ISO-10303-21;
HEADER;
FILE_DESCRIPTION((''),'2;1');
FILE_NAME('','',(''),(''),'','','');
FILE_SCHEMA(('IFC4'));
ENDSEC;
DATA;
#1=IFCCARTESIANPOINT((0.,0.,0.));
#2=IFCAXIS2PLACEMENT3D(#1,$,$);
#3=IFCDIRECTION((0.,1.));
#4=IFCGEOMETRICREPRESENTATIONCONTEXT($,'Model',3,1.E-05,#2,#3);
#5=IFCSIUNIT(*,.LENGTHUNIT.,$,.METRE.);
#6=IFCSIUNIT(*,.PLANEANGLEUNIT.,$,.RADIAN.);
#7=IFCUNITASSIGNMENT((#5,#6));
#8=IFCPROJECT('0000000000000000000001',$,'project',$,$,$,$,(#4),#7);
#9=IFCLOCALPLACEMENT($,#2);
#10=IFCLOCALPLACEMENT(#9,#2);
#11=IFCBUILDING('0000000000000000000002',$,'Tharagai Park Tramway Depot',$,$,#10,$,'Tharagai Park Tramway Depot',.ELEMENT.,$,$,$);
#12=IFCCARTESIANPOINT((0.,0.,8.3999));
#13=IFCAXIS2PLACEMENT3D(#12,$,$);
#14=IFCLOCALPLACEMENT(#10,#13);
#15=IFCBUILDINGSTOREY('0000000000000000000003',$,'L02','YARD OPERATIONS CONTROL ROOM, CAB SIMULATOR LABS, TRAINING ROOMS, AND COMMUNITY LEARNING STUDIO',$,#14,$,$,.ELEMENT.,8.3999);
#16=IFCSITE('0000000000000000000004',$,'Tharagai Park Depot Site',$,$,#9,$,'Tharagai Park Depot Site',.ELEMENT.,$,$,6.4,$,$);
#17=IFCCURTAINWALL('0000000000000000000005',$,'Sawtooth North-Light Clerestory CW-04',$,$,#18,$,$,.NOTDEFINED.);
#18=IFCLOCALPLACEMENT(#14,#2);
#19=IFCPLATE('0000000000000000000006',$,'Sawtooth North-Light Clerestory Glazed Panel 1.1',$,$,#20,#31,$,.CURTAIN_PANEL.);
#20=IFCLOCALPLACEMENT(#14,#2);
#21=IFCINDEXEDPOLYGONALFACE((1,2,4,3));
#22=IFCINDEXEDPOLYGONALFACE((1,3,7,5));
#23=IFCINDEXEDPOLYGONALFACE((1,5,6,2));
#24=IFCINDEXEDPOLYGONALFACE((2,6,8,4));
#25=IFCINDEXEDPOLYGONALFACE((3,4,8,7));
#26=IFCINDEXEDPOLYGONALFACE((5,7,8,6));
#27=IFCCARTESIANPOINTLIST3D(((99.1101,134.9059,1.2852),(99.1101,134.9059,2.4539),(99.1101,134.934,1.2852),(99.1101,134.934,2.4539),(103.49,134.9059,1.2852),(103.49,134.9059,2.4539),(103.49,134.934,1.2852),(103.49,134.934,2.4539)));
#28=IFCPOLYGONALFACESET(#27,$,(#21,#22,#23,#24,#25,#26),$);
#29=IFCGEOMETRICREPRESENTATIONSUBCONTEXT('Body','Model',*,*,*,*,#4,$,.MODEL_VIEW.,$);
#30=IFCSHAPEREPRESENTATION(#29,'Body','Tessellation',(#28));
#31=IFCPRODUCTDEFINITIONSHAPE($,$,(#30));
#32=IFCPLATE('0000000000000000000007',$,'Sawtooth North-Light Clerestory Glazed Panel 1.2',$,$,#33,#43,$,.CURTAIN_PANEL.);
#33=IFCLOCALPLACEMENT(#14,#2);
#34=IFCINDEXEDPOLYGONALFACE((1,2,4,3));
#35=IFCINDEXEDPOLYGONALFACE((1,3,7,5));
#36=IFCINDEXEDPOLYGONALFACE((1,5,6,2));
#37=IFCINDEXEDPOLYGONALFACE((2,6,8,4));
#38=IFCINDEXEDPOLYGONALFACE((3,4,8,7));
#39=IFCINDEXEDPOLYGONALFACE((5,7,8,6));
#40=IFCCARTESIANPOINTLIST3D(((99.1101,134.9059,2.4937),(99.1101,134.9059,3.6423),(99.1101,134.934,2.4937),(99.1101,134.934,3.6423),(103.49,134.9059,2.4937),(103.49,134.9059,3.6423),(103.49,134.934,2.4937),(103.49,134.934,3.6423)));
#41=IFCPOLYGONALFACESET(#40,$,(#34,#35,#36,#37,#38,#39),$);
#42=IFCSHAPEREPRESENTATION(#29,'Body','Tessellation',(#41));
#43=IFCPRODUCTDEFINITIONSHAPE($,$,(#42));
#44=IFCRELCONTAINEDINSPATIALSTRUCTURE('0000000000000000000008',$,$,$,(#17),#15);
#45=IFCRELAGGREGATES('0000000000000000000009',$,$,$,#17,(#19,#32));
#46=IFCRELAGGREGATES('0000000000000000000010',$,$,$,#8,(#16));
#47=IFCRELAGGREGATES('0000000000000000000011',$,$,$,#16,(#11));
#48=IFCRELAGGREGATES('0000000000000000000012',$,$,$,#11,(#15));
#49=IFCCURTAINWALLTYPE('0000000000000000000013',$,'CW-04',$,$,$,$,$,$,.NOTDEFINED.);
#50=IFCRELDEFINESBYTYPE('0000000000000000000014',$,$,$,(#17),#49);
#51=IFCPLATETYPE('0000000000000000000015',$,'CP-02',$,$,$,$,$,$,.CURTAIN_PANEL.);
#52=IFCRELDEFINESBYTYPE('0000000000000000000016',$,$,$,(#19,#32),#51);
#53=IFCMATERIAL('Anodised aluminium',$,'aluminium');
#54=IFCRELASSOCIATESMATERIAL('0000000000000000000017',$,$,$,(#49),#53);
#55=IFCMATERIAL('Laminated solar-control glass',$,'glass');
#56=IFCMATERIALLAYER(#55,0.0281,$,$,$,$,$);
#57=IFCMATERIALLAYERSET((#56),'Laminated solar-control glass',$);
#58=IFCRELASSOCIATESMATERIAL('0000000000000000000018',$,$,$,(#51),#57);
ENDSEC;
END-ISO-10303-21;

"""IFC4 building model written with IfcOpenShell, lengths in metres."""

from ifc_helpers import new_model, si_unit, direction, frame, origin, origin_2d, place, context, subcontext, project, spatial, rectangle, extrude, material, layer, layer_set, type_object, element, aggregate, save


model = new_model("IFC4")

# Units and contexts
model_context = context("Model", 3, precision=1e-05, world=origin(), true_north=direction((0.0, 1.0)))
body_context = subcontext(model_context, "Body", "Model", "MODEL_VIEW")
ifc_project = project(units=[si_unit("LENGTHUNIT", "METRE"), si_unit("PLANEANGLEUNIT", "RADIAN")], contexts=[model_context])

# Site, building, storey
site_placement = place(None, origin())
site = spatial("IfcSite", under=ifc_project, at=site_placement, Name="Tharagai Park Depot Site", LongName="Tharagai Park Depot Site", CompositionType="ELEMENT", RefElevation=6.4)
building_placement = place(site_placement, origin())
building = spatial("IfcBuilding", under=site, at=building_placement, Name="Tharagai Park Tramway Depot", LongName="Tharagai Park Tramway Depot", CompositionType="ELEMENT")
storey_placement = place(building_placement, frame((0.0, 0.0, 8.3999)))
storey = spatial("IfcBuildingStorey", under=building, at=storey_placement, Name="L02", Description="YARD OPERATIONS CONTROL ROOM, CAB SIMULATOR LABS, TRAINING ROOMS, AND COMMUNITY LEARNING STUDIO", CompositionType="ELEMENT", Elevation=8.3999)

# Curtain wall
ifc_material_1 = material(Name="Anodised aluminium", Category="aluminium")
curtain_wall_type = type_object("IfcCurtainWallType", Name="CW-04", PredefinedType="NOTDEFINED", material=ifc_material_1)
curtain_wall_1_placement = place(storey_placement, origin())
curtain_wall_1 = element("IfcCurtainWall", 1, at=curtain_wall_1_placement, inside=storey, type_object=curtain_wall_type, Name="Sawtooth North-Light Clerestory CW-04", PredefinedType="NOTDEFINED")

# Plates
ifc_material_2 = material(Name="Laminated solar-control glass", Category="glass")
ifc_layer = layer(ifc_material_2, 0.0281)
ifc_layer_set = layer_set([ifc_layer], Name="Laminated solar-control glass")
plate_type = type_object("IfcPlateType", Name="CP-02", PredefinedType="CURTAIN_PANEL", material=ifc_layer_set)
plate_1_placement = place(storey_placement, frame((101.3, 134.9199, 1.2852), z_axis=(0.0, 0.0, 1.0), x_axis=(1.0, 0.0, 0.0)))
plate_1 = element("IfcPlate", 2, at=plate_1_placement, type_object=plate_type, Name="Sawtooth North-Light Clerestory Glazed Panel 1.1", PredefinedType="CURTAIN_PANEL", context=body_context, shape_type="SweptSolid", body=[
    extrude(rectangle(XDim=4.3799, YDim=0.0281, at=origin_2d()), origin(), (0.0, 0.0, 1.0), 1.1687),
])
plate_2_placement = place(storey_placement, frame((101.3, 134.9199, 2.4937), z_axis=(0.0, 0.0, 1.0), x_axis=(1.0, 0.0, 0.0)))
plate_2 = element("IfcPlate", 3, at=plate_2_placement, type_object=plate_type, Name="Sawtooth North-Light Clerestory Glazed Panel 1.2", PredefinedType="CURTAIN_PANEL", context=body_context, shape_type="SweptSolid", body=[
    extrude(rectangle(XDim=4.3799, YDim=0.0281, at=origin_2d()), origin(), (0.0, 0.0, 1.0), 1.1487),
])
aggregate(curtain_wall_1, [plate_1, plate_2])

save(model, "model.ifc")
